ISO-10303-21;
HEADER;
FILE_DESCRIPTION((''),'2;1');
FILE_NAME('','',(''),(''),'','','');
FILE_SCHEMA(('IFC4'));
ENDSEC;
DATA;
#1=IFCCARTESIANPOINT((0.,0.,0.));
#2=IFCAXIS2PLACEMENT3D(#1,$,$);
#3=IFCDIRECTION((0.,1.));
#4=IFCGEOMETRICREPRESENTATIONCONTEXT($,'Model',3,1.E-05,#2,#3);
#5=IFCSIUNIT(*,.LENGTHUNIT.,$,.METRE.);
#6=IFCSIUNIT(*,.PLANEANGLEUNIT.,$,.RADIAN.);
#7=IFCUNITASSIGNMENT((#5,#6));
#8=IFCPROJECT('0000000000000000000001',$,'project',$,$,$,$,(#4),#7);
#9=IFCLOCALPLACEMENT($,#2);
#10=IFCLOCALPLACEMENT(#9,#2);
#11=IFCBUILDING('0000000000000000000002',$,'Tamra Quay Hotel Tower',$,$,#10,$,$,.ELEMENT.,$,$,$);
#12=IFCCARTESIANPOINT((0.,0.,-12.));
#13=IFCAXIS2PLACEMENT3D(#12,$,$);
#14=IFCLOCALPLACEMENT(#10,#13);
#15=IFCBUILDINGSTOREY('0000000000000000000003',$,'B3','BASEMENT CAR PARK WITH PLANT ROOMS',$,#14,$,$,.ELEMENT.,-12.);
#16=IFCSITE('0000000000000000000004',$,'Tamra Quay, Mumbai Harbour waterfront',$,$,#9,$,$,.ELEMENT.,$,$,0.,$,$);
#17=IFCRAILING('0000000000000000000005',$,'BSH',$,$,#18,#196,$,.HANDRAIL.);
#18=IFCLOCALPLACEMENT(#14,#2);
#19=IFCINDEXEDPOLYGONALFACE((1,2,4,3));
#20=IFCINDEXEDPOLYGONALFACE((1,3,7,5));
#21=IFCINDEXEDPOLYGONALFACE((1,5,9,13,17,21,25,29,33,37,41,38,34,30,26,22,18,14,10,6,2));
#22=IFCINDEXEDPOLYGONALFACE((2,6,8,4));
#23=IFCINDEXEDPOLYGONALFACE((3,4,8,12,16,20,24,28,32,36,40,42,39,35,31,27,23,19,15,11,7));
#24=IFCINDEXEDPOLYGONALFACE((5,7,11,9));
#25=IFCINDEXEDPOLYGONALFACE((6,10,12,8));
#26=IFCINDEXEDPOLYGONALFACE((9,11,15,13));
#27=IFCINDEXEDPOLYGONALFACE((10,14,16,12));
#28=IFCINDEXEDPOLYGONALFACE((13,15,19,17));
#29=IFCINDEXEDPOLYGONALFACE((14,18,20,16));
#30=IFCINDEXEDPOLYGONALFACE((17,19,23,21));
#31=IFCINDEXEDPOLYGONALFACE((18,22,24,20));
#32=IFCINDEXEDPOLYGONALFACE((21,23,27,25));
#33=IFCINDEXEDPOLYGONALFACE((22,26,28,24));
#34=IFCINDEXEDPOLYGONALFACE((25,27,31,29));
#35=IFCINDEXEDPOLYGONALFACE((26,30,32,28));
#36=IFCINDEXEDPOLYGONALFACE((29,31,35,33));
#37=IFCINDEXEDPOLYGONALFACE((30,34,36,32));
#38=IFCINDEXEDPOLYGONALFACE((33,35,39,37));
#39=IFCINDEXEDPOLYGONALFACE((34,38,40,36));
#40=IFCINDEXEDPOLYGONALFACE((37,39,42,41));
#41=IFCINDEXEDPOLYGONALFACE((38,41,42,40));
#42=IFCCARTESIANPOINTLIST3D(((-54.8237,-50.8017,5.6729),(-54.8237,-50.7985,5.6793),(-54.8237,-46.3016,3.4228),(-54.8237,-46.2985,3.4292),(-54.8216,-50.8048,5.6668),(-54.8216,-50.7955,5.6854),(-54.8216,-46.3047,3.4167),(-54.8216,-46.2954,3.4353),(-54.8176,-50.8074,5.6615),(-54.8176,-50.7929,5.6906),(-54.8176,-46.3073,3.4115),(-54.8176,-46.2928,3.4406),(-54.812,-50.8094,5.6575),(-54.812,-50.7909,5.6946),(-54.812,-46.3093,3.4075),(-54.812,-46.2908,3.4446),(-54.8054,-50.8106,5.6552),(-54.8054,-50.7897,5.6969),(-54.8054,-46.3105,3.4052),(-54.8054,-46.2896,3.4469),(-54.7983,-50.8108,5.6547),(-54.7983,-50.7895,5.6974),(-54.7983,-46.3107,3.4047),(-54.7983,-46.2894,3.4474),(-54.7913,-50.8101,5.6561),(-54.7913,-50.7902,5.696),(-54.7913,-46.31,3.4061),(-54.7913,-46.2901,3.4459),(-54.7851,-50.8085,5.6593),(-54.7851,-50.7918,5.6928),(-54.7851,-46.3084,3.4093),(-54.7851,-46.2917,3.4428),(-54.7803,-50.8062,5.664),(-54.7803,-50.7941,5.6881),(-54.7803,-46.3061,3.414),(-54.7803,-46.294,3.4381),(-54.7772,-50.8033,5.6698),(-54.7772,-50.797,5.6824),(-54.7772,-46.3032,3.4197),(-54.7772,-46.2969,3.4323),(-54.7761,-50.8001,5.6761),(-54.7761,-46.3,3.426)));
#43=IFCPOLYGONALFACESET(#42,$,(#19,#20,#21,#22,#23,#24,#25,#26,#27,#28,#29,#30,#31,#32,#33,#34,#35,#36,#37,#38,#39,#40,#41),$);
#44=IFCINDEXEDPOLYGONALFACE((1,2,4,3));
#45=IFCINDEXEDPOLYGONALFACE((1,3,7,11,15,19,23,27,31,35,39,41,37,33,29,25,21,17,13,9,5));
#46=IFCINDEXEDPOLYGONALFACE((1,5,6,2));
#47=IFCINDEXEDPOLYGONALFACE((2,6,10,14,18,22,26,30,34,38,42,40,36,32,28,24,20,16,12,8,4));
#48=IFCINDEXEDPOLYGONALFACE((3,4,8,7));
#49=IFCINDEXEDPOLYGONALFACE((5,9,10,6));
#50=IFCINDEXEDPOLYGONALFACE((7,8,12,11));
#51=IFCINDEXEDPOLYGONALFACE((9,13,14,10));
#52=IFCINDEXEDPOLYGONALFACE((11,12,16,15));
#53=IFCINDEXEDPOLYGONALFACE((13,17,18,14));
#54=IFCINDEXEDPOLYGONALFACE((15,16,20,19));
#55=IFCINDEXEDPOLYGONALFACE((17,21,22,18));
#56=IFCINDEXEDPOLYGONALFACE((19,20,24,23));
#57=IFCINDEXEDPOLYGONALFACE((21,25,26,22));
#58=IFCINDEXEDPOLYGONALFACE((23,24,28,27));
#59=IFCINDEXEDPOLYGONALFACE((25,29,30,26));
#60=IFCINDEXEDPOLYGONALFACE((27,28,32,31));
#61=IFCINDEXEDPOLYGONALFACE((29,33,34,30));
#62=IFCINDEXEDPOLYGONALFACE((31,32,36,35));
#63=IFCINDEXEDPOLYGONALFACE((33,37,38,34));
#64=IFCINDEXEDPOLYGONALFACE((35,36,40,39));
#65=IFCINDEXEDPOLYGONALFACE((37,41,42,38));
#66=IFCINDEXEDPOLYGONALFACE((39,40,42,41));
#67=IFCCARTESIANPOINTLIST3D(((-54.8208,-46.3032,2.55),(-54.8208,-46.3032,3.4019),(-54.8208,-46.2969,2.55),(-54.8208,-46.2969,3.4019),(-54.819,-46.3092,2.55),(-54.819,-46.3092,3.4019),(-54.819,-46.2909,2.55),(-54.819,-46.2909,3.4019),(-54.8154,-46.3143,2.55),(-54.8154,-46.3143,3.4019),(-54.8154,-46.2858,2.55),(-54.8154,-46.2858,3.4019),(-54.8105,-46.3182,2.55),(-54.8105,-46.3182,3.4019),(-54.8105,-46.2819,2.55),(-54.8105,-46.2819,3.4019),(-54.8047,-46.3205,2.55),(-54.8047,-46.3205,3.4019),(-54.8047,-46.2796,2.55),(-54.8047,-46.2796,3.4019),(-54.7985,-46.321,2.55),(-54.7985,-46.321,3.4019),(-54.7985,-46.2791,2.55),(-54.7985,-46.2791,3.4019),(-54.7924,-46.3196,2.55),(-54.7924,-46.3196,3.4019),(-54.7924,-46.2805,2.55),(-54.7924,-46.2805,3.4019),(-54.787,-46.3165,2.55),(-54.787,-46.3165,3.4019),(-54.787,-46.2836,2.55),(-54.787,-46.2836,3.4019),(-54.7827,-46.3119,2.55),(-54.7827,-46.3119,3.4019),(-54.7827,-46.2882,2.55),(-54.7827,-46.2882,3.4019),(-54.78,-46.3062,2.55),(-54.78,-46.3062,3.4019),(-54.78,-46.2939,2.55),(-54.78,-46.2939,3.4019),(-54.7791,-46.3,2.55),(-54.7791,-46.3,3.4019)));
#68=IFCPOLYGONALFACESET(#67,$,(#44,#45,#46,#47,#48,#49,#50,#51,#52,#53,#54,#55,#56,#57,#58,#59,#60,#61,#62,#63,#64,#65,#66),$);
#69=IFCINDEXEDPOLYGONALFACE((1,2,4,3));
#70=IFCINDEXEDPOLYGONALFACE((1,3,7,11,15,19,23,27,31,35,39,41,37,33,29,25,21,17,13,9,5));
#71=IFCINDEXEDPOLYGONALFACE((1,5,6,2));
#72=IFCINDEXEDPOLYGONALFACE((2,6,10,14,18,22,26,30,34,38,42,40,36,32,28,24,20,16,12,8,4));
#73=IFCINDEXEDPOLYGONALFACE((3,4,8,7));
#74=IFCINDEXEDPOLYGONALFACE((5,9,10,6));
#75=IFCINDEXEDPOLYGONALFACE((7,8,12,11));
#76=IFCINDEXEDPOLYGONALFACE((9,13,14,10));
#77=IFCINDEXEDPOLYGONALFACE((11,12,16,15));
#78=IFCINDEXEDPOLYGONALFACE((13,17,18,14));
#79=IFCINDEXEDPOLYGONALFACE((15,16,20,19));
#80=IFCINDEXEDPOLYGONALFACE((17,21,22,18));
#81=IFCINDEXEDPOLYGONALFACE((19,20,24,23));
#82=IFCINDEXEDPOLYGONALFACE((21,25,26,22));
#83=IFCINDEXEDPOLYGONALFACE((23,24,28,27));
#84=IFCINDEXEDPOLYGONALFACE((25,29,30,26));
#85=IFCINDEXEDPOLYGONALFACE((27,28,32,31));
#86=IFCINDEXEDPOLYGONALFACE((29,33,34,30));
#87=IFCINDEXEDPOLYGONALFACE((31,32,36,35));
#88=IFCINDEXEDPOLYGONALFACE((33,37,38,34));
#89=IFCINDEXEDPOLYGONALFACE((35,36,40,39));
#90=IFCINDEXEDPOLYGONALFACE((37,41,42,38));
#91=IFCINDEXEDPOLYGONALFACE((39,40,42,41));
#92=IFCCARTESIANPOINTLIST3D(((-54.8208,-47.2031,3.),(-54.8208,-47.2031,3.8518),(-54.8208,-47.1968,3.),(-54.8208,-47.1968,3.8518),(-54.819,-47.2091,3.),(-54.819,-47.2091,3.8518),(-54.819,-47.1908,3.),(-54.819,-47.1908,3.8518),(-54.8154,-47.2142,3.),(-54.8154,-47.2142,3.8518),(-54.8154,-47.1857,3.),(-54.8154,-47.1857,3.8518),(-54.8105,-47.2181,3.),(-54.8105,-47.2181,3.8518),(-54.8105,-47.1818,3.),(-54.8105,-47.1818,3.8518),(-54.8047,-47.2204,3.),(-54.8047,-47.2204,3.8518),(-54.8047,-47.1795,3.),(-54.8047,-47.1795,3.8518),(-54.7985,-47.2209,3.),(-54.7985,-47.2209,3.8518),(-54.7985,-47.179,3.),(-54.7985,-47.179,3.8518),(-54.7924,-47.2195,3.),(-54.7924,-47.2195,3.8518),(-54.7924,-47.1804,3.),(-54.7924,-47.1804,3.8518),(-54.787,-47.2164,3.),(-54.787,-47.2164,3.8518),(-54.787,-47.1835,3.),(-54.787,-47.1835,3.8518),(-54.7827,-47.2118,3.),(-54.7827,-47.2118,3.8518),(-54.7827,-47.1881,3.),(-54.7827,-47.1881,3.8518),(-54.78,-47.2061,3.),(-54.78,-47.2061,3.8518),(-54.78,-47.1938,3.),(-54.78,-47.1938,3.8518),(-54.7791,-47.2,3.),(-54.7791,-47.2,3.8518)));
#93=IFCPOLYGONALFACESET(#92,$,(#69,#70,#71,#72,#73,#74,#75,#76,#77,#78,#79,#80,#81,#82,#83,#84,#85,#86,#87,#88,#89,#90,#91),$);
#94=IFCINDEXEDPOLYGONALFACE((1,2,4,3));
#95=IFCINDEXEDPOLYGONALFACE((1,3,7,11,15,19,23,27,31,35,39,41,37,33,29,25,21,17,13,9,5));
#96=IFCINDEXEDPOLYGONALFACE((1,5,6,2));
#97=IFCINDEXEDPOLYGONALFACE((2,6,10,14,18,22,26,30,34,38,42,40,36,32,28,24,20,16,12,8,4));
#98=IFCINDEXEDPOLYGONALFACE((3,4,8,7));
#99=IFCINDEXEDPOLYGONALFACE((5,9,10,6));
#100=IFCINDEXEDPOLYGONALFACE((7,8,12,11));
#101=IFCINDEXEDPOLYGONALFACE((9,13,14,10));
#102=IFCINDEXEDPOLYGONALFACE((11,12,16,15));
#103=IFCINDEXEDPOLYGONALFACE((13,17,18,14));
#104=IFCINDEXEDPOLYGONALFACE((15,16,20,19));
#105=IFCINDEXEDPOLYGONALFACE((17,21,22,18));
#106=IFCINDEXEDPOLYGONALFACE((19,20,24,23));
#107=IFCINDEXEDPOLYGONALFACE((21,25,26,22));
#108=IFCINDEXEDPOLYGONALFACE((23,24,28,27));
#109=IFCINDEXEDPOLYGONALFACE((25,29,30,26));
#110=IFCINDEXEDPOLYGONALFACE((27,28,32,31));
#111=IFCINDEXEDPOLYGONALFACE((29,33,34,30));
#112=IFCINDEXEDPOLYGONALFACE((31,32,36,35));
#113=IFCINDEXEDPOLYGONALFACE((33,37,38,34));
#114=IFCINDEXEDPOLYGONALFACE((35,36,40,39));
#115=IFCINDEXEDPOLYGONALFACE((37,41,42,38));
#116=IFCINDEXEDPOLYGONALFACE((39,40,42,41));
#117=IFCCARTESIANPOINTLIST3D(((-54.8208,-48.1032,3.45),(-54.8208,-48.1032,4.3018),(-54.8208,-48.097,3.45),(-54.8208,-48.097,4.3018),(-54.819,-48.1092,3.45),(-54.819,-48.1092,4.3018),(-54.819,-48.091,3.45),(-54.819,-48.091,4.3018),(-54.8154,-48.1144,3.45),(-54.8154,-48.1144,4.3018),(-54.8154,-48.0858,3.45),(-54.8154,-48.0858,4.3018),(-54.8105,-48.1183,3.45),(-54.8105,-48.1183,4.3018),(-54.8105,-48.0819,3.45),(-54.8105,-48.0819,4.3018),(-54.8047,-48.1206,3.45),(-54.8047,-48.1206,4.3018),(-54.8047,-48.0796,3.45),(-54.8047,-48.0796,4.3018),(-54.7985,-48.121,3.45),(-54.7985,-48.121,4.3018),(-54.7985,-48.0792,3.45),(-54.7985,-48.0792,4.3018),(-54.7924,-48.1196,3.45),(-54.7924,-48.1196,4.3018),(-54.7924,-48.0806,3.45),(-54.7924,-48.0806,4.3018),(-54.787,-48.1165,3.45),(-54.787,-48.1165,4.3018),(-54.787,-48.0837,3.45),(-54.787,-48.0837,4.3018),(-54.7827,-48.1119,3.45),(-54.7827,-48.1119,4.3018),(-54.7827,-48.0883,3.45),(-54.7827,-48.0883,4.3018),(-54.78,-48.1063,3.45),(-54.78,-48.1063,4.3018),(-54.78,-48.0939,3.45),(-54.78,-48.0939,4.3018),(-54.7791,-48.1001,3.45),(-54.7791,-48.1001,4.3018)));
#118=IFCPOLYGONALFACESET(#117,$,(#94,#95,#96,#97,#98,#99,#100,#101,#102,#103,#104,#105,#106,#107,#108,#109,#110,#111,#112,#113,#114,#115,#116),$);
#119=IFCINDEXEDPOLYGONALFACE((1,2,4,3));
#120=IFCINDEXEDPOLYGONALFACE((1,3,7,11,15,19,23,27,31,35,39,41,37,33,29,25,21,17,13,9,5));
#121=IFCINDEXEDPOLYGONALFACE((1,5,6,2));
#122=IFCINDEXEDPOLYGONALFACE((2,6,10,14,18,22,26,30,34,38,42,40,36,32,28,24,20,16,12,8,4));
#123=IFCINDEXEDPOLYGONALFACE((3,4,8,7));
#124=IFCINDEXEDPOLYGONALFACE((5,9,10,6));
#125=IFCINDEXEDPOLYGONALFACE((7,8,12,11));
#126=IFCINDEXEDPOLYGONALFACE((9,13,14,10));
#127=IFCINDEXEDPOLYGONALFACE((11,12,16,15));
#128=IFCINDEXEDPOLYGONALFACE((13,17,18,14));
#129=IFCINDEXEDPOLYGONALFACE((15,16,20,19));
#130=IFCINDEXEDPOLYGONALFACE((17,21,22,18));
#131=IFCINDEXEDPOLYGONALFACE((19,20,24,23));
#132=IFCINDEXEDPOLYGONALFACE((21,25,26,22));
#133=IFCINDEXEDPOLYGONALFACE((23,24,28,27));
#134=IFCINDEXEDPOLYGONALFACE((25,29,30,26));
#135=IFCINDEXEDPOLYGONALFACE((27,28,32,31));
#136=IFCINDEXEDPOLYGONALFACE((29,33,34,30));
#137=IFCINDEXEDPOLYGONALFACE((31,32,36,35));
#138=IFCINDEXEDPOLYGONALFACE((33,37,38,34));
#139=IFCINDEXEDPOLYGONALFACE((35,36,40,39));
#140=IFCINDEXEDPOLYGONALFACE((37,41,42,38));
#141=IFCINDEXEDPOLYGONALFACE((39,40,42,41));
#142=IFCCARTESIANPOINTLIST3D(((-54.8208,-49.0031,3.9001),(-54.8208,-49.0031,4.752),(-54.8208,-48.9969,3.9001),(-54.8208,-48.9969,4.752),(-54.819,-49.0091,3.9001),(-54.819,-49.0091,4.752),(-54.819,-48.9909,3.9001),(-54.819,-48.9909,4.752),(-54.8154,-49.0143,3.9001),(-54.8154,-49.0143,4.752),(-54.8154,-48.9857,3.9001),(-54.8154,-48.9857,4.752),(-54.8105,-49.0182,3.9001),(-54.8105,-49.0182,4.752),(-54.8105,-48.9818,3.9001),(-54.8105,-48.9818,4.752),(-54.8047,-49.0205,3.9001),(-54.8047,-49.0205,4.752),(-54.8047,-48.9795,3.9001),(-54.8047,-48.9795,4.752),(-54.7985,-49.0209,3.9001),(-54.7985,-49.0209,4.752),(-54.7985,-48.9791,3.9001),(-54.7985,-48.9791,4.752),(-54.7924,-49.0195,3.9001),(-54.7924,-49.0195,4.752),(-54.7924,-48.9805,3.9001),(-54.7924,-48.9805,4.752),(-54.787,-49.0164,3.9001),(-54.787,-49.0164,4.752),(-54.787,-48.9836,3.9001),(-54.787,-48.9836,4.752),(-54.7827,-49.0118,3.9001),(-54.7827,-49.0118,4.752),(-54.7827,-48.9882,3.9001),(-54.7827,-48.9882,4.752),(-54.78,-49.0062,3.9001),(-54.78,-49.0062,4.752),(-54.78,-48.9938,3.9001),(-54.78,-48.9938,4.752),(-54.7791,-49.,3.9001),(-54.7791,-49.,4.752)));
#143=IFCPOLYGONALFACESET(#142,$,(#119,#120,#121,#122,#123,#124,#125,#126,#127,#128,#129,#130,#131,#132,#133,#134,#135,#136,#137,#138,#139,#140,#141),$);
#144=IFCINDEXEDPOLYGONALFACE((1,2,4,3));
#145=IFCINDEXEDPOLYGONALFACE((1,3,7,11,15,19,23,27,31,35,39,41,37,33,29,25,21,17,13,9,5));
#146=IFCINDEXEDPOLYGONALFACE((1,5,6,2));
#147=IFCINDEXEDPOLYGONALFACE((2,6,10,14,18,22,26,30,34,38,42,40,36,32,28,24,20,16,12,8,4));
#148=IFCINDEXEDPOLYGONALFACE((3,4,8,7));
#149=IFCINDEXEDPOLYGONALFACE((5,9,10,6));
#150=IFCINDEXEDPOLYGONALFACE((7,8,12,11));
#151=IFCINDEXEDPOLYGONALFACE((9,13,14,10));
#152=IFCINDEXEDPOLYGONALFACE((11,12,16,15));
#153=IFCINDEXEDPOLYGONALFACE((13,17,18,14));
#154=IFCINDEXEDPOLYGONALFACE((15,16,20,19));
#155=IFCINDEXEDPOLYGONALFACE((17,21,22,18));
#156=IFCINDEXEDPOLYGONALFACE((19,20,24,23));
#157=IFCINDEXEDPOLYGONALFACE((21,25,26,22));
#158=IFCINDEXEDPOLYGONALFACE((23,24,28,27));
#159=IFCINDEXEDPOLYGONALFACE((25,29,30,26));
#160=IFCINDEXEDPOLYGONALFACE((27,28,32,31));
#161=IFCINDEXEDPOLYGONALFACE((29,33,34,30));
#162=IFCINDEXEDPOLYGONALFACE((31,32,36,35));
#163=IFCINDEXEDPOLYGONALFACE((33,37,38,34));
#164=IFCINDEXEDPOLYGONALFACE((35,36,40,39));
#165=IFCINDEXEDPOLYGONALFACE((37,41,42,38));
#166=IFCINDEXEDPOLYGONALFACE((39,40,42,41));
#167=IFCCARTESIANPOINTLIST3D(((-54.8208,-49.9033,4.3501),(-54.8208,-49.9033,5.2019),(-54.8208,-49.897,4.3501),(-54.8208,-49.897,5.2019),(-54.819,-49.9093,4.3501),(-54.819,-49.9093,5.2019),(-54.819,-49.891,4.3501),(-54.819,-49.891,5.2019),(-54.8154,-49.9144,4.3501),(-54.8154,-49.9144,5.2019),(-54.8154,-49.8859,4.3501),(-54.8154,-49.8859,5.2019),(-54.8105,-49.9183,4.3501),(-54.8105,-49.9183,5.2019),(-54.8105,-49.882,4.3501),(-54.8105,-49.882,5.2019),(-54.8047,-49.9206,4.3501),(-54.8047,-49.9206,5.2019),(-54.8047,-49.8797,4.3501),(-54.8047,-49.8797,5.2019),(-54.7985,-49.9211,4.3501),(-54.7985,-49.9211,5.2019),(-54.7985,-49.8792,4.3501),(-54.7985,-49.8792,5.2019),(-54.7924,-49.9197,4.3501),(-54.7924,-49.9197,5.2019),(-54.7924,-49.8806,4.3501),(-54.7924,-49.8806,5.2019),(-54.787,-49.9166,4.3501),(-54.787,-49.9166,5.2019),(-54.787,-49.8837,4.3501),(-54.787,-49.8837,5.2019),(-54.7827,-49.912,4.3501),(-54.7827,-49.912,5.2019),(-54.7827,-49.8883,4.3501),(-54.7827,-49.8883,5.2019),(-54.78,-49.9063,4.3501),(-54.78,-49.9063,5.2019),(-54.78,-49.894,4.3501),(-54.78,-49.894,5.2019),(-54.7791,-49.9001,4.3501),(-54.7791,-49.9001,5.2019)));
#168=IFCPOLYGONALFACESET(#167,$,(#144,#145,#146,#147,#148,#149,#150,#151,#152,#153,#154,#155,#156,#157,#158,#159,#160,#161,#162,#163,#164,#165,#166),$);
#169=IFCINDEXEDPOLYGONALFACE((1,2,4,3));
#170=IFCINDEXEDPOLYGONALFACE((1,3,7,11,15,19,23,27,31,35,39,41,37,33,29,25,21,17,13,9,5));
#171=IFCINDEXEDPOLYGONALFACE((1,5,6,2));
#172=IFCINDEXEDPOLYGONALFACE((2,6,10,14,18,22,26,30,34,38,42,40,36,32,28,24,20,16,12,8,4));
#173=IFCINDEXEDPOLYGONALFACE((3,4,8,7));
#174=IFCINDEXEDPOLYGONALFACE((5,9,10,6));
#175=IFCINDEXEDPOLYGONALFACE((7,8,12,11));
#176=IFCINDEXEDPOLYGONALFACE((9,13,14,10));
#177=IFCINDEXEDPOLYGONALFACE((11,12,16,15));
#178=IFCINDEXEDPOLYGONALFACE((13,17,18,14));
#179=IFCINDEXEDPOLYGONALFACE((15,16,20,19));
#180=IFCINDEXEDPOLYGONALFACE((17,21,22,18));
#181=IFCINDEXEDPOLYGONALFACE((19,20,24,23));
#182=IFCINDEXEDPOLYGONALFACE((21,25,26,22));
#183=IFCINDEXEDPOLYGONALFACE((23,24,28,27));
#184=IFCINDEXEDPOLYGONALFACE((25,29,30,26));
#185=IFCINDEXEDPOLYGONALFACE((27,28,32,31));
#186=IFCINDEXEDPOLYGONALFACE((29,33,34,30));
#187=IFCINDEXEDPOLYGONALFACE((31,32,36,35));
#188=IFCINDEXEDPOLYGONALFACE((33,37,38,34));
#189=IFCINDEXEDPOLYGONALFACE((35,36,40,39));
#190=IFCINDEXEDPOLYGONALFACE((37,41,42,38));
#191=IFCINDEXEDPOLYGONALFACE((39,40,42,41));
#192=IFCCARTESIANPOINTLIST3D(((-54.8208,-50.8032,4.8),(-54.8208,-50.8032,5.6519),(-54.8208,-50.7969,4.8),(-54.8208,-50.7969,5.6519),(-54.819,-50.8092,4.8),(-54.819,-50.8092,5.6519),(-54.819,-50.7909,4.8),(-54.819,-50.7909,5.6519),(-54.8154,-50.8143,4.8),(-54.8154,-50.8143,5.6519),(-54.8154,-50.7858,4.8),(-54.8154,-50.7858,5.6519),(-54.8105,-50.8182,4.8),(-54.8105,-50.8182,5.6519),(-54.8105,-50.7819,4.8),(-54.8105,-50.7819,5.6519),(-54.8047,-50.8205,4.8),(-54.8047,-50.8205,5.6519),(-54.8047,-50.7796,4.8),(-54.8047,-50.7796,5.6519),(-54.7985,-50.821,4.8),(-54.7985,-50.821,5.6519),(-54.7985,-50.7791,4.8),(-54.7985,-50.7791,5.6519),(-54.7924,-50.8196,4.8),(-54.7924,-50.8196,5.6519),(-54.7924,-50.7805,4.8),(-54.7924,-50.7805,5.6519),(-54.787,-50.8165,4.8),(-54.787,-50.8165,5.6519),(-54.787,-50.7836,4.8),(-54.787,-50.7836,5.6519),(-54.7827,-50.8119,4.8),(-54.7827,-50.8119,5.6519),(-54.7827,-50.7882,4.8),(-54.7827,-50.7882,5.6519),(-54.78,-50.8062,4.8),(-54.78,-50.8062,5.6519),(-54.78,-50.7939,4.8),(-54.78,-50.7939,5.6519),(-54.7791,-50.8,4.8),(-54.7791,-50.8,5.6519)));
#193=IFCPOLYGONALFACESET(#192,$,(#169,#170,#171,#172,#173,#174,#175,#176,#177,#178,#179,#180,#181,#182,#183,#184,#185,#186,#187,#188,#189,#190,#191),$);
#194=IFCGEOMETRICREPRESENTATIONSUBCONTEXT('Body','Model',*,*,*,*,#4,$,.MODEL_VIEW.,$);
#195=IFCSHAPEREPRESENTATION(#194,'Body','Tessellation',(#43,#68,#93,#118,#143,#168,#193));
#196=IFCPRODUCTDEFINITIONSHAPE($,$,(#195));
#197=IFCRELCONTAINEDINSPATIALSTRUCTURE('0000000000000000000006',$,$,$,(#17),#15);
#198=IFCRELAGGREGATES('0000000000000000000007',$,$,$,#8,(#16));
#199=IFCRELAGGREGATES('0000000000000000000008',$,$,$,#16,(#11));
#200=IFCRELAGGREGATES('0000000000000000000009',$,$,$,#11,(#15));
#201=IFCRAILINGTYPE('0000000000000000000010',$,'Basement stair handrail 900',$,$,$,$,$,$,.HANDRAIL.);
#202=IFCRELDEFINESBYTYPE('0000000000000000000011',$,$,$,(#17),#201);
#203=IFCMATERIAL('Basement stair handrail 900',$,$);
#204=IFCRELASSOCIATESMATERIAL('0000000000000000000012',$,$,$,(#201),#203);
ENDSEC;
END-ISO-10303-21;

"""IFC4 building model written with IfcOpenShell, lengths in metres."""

from ifc_helpers import new_model, si_unit, direction, frame, origin, origin_2d, place, context, subcontext, project, spatial, circle, extrude, material, type_object, element, save


model = new_model("IFC4")

# Units and contexts
model_context = context("Model", 3, precision=1e-05, world=origin(), true_north=direction((0.0, 1.0)))
body_context = subcontext(model_context, "Body", "Model", "MODEL_VIEW")
ifc_project = project(units=[si_unit("LENGTHUNIT", "METRE"), si_unit("PLANEANGLEUNIT", "RADIAN")], contexts=[model_context])

# Site, building, storey
site_placement = place(None, origin())
site = spatial("IfcSite", under=ifc_project, at=site_placement, Name="Tamra Quay, Mumbai Harbour waterfront", CompositionType="ELEMENT", RefElevation=0.0)
building_placement = place(site_placement, origin())
building = spatial("IfcBuilding", under=site, at=building_placement, Name="Tamra Quay Hotel Tower", CompositionType="ELEMENT")
storey_placement = place(building_placement, frame((0.0, 0.0, -12.0)))
storey = spatial("IfcBuildingStorey", under=building, at=storey_placement, Name="B3", Description="BASEMENT CAR PARK WITH PLANT ROOMS", CompositionType="ELEMENT", Elevation=-12.0)

# Railing
ifc_material_1 = material(Name="Basement stair handrail 900")
railing_type_1 = type_object("IfcRailingType", Name="Basement stair handrail 900", PredefinedType="HANDRAIL", material=ifc_material_1)
railing_1_placement = place(storey_placement, frame((-54.8, -46.3, 2.55)))
element("IfcRailing", 1, at=railing_1_placement, inside=storey, type_object=railing_type_1, Name="BSH", PredefinedType="HANDRAIL", context=body_context, shape_type="SweptSolid", body=[
    extrude(circle(Radius=0.0239, at=origin_2d()), frame((0.0, 0.0, 0.876), z_axis=(0.0, -0.894427, 0.447214), x_axis=(1.0, 0.0, 0.0)), (0.0, 0.0, 1.0), 5.0312),
    extrude(circle(Radius=0.021, at=origin_2d()), origin(), (0.0, 0.0, 1.0), 0.8518),
    extrude(circle(Radius=0.021, at=origin_2d()), frame((0.0, -0.8999, 0.45)), (0.0, 0.0, 1.0), 0.8518),
    extrude(circle(Radius=0.021, at=origin_2d()), frame((0.0, -1.8, 0.8999)), (0.0, 0.0, 1.0), 0.8518),
    extrude(circle(Radius=0.021, at=origin_2d()), frame((0.0, -2.7, 1.3501)), (0.0, 0.0, 1.0), 0.8518),
    extrude(circle(Radius=0.021, at=origin_2d()), frame((0.0, -3.6001, 1.8)), (0.0, 0.0, 1.0), 0.8518),
    extrude(circle(Radius=0.021, at=origin_2d()), frame((0.0, -4.5, 2.25)), (0.0, 0.0, 1.0), 0.8518),
])

save(model, "model.ifc")
